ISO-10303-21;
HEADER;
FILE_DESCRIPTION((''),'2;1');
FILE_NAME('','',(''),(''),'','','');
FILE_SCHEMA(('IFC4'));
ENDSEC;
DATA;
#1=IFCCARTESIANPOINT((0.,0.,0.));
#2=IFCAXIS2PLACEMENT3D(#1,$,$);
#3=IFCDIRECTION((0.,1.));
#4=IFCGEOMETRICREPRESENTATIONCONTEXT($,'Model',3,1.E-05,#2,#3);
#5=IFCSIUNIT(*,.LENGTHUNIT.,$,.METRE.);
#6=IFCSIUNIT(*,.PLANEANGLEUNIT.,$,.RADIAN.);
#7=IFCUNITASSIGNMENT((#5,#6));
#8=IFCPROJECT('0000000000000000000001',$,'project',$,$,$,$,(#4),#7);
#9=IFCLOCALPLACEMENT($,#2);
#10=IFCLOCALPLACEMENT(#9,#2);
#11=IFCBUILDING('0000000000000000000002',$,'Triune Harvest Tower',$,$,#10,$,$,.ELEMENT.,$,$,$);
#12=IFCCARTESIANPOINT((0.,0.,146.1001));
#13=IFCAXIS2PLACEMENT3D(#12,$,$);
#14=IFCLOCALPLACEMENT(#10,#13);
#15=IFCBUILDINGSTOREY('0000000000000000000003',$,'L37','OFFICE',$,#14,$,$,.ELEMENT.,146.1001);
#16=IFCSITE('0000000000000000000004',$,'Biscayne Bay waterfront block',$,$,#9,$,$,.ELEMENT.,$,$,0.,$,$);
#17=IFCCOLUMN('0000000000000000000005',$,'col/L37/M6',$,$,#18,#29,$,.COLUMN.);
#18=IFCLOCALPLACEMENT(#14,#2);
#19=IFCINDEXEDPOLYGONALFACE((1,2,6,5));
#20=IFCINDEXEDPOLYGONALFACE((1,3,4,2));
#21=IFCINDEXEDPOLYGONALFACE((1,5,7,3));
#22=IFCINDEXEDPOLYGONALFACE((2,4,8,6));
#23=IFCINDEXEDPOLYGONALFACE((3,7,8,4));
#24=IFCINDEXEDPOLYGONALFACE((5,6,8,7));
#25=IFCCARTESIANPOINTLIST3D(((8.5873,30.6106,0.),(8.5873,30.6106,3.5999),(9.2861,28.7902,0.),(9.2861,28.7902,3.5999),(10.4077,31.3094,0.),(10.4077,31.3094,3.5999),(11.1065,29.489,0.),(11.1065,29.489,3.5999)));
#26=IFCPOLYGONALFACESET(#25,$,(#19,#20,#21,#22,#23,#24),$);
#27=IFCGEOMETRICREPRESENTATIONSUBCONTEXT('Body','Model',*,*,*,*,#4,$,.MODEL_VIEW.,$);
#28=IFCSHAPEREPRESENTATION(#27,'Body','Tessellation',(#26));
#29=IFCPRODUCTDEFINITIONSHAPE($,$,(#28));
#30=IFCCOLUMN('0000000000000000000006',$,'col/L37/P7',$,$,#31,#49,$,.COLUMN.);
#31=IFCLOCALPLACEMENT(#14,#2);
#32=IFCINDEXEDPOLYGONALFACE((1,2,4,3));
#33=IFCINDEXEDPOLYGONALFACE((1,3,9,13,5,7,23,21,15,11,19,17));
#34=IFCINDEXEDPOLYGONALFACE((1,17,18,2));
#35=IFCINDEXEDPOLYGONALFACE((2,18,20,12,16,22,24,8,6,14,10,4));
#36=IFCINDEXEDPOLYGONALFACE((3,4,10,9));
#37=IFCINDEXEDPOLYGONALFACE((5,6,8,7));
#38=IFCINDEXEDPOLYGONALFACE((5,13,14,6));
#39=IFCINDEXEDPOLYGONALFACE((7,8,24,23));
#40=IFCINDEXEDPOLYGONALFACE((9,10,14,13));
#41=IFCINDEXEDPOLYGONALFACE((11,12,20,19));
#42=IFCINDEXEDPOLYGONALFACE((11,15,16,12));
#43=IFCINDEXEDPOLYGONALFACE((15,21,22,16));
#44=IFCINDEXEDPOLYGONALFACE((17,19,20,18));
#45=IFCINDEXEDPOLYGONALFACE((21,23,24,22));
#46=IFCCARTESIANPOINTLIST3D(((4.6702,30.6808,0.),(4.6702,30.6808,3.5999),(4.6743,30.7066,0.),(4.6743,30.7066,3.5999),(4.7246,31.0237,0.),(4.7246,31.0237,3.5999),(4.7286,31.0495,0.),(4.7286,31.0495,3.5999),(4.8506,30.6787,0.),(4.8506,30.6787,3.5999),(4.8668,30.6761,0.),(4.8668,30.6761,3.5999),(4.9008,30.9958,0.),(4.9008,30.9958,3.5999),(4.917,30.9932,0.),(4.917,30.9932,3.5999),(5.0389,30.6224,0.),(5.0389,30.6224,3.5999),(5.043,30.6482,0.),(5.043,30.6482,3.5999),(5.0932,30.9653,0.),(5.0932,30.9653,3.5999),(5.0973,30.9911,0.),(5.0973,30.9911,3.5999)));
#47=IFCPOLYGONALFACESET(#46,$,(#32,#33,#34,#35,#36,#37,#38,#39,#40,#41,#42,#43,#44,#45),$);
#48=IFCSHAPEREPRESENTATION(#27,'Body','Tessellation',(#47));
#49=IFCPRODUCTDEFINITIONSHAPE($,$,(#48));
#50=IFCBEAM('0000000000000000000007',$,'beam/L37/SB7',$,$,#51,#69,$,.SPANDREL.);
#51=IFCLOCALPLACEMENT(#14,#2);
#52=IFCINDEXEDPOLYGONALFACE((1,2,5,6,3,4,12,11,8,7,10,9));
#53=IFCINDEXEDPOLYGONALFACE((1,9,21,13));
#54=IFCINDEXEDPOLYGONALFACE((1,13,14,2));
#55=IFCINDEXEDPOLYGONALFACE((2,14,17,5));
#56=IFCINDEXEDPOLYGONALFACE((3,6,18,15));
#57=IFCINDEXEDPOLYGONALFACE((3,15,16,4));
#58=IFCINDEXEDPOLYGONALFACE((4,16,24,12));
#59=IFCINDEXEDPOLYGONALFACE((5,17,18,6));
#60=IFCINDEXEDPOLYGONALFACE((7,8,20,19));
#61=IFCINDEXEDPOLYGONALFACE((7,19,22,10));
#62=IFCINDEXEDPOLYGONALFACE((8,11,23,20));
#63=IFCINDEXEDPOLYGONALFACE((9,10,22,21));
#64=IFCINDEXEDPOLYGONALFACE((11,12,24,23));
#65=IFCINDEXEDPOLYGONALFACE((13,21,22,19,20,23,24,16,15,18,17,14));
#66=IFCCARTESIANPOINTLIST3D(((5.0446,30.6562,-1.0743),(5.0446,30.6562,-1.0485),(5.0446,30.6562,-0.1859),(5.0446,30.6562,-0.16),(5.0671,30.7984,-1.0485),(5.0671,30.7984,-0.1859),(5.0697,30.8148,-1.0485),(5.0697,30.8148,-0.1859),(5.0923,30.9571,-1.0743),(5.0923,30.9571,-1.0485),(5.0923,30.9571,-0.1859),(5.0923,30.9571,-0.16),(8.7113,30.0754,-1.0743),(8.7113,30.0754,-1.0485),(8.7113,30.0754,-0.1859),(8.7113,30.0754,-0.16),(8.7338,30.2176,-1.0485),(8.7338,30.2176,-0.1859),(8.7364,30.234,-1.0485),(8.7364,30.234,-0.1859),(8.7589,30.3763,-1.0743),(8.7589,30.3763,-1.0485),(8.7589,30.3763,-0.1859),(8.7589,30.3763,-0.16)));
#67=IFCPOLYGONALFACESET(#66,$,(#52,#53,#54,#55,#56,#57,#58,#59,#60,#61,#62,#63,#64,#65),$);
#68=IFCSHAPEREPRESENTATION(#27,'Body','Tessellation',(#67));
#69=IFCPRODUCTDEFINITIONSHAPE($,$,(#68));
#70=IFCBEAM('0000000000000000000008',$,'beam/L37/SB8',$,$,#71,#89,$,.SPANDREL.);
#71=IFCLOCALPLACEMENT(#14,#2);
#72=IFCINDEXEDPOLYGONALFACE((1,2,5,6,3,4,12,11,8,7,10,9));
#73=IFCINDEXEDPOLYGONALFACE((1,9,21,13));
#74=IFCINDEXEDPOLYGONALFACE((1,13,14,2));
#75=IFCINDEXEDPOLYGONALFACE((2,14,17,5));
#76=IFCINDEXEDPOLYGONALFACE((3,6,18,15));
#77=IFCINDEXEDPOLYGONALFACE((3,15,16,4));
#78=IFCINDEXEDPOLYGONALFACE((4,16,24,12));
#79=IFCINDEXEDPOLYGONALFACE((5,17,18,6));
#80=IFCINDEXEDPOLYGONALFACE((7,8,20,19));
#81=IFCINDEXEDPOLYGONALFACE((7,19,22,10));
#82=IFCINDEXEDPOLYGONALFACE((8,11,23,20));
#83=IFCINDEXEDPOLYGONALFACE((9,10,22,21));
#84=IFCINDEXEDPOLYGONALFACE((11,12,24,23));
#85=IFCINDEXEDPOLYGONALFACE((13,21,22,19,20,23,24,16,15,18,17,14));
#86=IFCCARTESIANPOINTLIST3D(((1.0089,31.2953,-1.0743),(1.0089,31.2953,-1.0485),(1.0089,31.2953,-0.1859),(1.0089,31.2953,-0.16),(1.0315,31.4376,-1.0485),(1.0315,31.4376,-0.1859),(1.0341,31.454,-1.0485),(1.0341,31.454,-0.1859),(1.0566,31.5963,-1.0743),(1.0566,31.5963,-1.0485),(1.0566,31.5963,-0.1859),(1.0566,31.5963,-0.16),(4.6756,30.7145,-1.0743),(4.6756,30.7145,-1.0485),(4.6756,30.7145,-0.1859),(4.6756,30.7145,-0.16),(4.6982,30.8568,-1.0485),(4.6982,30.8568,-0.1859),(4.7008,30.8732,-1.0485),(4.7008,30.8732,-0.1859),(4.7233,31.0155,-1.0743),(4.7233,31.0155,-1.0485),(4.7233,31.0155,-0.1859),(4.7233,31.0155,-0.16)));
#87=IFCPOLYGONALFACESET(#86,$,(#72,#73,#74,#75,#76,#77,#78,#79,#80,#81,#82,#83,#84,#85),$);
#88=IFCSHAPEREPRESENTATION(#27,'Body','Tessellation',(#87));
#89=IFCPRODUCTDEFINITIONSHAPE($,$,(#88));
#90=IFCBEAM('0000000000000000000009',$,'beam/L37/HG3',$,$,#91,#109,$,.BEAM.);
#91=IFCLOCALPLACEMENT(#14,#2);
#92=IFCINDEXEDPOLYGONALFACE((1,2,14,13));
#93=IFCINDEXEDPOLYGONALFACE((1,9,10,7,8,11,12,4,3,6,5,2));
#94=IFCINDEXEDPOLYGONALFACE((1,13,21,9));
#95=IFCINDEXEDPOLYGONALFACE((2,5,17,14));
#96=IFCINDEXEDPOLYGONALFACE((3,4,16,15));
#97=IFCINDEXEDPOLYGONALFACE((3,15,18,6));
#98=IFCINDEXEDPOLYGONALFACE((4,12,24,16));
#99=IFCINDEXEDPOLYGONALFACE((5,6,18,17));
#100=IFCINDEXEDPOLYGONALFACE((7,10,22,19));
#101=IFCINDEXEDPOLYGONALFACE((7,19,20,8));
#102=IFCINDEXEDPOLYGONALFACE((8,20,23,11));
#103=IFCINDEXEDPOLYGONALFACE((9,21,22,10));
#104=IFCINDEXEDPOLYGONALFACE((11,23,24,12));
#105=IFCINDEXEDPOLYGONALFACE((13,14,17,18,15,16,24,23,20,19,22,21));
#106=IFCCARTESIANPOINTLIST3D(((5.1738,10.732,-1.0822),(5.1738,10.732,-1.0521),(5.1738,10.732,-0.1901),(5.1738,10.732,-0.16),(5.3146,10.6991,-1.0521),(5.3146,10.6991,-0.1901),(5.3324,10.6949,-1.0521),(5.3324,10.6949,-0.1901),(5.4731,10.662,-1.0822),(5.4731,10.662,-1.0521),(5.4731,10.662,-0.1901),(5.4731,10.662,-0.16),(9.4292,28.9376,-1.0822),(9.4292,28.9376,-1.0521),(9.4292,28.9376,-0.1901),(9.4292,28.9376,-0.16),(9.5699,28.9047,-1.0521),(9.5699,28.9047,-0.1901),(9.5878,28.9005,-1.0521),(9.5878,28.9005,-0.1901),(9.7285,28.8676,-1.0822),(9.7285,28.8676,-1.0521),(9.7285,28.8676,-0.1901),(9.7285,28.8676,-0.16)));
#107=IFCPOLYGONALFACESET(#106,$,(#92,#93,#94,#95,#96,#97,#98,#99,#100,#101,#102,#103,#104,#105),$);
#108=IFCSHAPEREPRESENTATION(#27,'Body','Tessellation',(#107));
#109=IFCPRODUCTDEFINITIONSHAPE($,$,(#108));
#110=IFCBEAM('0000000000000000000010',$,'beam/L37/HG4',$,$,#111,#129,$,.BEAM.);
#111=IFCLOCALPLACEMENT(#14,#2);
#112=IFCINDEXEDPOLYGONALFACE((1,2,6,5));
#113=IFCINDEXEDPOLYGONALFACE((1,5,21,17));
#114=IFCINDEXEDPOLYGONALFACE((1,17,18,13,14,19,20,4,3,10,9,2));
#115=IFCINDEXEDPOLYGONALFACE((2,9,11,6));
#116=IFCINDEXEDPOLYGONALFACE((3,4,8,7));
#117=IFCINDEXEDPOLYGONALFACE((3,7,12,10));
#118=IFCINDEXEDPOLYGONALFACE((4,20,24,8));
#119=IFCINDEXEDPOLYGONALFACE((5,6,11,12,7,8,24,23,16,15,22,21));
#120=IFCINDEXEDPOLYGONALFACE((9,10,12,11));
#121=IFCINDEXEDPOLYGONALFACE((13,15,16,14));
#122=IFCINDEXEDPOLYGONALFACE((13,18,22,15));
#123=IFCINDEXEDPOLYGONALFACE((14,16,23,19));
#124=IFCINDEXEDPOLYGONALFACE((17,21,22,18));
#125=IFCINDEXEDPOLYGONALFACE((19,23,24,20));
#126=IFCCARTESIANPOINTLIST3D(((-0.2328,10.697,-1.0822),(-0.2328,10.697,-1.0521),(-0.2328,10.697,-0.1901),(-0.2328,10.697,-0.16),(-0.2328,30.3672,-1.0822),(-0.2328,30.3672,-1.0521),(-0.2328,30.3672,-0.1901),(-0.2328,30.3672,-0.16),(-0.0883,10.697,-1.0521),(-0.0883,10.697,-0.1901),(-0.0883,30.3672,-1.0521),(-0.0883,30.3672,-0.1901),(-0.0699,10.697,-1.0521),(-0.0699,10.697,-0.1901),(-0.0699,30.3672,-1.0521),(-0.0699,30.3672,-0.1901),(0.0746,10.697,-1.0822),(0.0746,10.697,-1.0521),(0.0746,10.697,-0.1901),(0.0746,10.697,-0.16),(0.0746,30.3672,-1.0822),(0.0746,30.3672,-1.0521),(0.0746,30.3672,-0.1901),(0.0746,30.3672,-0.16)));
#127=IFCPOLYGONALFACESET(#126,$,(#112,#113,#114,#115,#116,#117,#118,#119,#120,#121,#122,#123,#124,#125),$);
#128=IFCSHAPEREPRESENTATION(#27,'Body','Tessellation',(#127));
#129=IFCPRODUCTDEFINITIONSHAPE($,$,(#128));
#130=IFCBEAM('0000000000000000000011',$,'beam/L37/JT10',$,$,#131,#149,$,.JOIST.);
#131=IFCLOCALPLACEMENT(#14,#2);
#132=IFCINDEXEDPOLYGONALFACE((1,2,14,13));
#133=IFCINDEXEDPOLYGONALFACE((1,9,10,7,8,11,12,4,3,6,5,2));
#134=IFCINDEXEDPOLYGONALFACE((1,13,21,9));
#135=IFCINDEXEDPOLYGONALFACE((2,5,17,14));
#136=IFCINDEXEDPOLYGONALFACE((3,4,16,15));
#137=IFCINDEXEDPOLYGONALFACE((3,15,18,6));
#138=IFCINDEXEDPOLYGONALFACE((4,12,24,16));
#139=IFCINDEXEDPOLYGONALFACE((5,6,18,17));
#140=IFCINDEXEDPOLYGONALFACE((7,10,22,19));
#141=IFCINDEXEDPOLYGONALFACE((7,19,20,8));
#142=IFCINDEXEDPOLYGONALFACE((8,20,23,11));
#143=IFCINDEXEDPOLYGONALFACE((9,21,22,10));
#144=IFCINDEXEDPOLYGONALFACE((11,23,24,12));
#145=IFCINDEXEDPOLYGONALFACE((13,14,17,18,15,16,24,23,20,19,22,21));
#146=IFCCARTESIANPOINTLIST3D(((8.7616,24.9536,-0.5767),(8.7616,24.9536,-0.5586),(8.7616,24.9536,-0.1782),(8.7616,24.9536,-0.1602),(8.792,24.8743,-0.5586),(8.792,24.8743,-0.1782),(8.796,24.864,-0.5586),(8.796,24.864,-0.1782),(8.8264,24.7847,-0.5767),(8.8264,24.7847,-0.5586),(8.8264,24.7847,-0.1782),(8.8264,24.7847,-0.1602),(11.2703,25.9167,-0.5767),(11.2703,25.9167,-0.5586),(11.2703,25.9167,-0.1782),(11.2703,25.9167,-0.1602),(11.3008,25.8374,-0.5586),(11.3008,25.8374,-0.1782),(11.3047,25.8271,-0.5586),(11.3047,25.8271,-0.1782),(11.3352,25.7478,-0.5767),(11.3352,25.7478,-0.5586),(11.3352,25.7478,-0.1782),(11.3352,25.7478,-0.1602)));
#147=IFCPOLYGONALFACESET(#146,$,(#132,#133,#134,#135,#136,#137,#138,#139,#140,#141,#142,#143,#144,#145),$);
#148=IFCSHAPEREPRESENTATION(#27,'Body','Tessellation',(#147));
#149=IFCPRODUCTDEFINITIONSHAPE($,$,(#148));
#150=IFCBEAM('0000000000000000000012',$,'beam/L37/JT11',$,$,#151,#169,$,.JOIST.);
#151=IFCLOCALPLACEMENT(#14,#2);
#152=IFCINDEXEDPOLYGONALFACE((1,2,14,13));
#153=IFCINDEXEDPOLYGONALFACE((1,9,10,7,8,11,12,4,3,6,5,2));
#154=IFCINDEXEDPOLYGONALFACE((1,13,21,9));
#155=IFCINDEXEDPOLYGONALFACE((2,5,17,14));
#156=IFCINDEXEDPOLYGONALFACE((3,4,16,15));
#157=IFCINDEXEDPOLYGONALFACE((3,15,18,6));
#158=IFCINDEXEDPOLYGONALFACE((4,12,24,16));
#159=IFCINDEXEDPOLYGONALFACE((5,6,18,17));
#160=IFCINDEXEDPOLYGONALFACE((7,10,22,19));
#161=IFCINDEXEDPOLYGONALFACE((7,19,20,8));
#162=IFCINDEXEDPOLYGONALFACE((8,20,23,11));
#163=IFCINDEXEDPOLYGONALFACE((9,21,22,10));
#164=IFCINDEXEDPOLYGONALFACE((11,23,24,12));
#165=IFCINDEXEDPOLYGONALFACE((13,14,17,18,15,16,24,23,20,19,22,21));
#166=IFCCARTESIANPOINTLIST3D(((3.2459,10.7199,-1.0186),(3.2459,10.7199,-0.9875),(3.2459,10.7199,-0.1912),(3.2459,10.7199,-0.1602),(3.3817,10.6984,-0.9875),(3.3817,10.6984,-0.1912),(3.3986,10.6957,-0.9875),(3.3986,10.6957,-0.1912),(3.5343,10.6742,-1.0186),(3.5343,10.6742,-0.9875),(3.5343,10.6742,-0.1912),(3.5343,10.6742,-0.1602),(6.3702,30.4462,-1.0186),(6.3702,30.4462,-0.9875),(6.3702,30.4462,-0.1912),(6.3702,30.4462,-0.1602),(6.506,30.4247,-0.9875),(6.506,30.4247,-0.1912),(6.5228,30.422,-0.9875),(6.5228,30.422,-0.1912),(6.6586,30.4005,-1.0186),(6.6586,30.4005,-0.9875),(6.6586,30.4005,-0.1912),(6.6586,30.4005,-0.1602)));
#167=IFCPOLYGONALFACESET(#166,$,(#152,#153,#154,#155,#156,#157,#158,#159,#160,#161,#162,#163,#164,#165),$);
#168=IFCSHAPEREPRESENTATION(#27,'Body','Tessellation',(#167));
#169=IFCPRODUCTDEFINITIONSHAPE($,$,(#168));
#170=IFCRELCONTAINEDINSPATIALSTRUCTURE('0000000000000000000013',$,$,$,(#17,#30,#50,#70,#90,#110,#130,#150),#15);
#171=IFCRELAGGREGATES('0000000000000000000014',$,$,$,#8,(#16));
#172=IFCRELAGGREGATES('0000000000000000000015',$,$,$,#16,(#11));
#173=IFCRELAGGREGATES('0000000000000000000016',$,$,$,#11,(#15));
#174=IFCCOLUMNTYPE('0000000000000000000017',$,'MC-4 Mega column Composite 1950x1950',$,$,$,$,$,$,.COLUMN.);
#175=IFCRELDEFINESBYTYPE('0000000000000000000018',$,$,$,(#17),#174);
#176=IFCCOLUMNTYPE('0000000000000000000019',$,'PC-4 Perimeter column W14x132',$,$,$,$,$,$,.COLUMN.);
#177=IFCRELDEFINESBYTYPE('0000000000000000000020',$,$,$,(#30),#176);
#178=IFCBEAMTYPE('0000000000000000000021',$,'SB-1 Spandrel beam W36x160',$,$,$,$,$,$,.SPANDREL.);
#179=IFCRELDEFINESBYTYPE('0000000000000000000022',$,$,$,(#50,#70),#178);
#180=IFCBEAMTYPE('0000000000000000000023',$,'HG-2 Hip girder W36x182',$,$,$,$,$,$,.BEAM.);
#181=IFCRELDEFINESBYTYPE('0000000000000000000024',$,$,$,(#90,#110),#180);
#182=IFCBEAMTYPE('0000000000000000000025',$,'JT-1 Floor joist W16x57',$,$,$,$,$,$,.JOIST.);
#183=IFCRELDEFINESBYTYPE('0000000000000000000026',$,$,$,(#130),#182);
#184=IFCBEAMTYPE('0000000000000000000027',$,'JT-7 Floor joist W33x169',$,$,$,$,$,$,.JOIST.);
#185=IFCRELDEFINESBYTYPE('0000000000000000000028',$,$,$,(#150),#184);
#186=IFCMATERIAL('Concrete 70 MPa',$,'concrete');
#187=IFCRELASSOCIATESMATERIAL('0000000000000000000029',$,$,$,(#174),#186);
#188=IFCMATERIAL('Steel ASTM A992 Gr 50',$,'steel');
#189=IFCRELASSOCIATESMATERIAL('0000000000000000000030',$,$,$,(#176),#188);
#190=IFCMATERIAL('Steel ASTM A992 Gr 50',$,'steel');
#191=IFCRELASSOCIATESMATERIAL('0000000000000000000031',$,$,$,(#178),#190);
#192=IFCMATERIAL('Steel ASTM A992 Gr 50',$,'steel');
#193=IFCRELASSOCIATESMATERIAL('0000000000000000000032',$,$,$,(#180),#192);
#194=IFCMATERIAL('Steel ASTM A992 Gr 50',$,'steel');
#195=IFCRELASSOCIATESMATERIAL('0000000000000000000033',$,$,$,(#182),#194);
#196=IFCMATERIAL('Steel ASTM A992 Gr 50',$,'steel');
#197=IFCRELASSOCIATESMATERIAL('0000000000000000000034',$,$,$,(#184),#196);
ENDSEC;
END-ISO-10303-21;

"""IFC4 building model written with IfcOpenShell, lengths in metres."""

from ifc_helpers import new_model, si_unit, direction, frame, origin, origin_2d, place, context, subcontext, project, spatial, rectangle, i_section, extrude, source, transform, mapped, material, material_profile, profile_set, type_object, element, save


model = new_model("IFC4")

# Units and contexts
model_context = context("Model", 3, precision=1e-05, world=origin(), true_north=direction((0.0, 1.0)))
body_context = subcontext(model_context, "Body", "Model", "MODEL_VIEW")
ifc_project = project(units=[si_unit("LENGTHUNIT", "METRE"), si_unit("PLANEANGLEUNIT", "RADIAN")], contexts=[model_context])

# Site, building, storey
site_placement = place(None, origin())
site = spatial("IfcSite", under=ifc_project, at=site_placement, Name="Biscayne Bay waterfront block", CompositionType="ELEMENT", RefElevation=0.0)
building_placement = place(site_placement, origin())
building = spatial("IfcBuilding", under=site, at=building_placement, Name="Triune Harvest Tower", CompositionType="ELEMENT")
storey_placement = place(building_placement, frame((0.0, 0.0, 146.1001)))
storey = spatial("IfcBuildingStorey", under=building, at=storey_placement, Name="L37", Description="OFFICE", CompositionType="ELEMENT", Elevation=146.1001)

# Columns
ifc_material_1 = material(Name="Concrete 70 MPa", Category="concrete")
ifc_material_profile_1 = material_profile(ifc_material_1, rectangle(XDim=1.95, YDim=1.95, at=origin_2d()), Name="Composite 1950x1950")
ifc_profile_set_1 = profile_set([ifc_material_profile_1], Name="Concrete 70 MPa")
column_type_1 = type_object("IfcColumnType", Name="MC-4 Mega column Composite 1950x1950", PredefinedType="COLUMN", material=ifc_profile_set_1)
shared_shape_1 = source(origin(), body_context, "Body", "SweptSolid", [
    extrude(rectangle(XDim=1.95, YDim=1.95, at=origin_2d()), origin(), (0.0, 0.0, 1.0), 3.5999),
])
column_1_placement = place(storey_placement, frame((9.8469, 30.0498, 0.0), z_axis=(0.0, 0.0, 1.0), x_axis=(-0.358368, 0.93358, 0.0)))
element("IfcColumn", 1, at=column_1_placement, inside=storey, type_object=column_type_1, Name="col/L37/M6", PredefinedType="COLUMN", context=body_context, shape_type="MappedRepresentation", body=[
    mapped(shared_shape_1, transform((0.0, 0.0, 0.0), scale=1.0)),
])
ifc_material_2 = material(Name="Steel ASTM A992 Gr 50", Category="steel")
ifc_material_profile_2 = material_profile(ifc_material_2, i_section(OverallWidth=0.3733, OverallDepth=0.3733, WebThickness=0.0164, FlangeThickness=0.0261, at=origin_2d()), Name="W14x132")
ifc_profile_set_2 = profile_set([ifc_material_profile_2], Name="Steel ASTM A992 Gr 50")
column_type_2 = type_object("IfcColumnType", Name="PC-4 Perimeter column W14x132", PredefinedType="COLUMN", material=ifc_profile_set_2)
shared_shape_2 = source(origin(), body_context, "Body", "SweptSolid", [
    extrude(i_section(OverallWidth=0.3733, OverallDepth=0.3733, WebThickness=0.0164, FlangeThickness=0.0261, at=origin_2d()), origin(), (0.0, 0.0, 1.0), 3.5999),
])
column_2_placement = place(storey_placement, frame((4.8838, 30.8359, 0.0), z_axis=(0.0, 0.0, 1.0), x_axis=(-0.987688, 0.156434, 0.0)))
element("IfcColumn", 2, at=column_2_placement, inside=storey, type_object=column_type_2, Name="col/L37/P7", PredefinedType="COLUMN", context=body_context, shape_type="MappedRepresentation", body=[
    mapped(shared_shape_2, transform((0.0, 0.0, 0.0), scale=1.0)),
])

# Beams
ifc_material_3 = material(Name="Steel ASTM A992 Gr 50", Category="steel")
ifc_material_profile_3 = material_profile(ifc_material_3, i_section(OverallWidth=0.3047, OverallDepth=0.9143, WebThickness=0.0166, FlangeThickness=0.0259, at=origin_2d()), Name="W36x160")
ifc_profile_set_3 = profile_set([ifc_material_profile_3], Name="Steel ASTM A992 Gr 50")
beam_type_1 = type_object("IfcBeamType", Name="SB-1 Spandrel beam W36x160", PredefinedType="SPANDREL", material=ifc_profile_set_3)
shared_shape_3 = source(origin(), body_context, "Body", "SweptSolid", [
    extrude(i_section(OverallWidth=0.3047, OverallDepth=0.9143, WebThickness=0.0166, FlangeThickness=0.0259, at=origin_2d()), origin(), (0.0, 0.0, 1.0), 3.7124),
])
for number, where, z_axis, x_axis, name in (
    (3, (8.7351, 30.2258, -0.6172), (-0.987686, 0.156449, 0.0), (-0.156449, -0.987686, 0.0), "beam/L37/SB7"),
    (4, (4.6995, 30.865, -0.6172), (-0.987686, 0.156449, 0.0), (-0.156449, -0.987686, 0.0), "beam/L37/SB8"),
):
    element("IfcBeam", number, at=place(storey_placement, frame(where, z_axis=z_axis, x_axis=x_axis)), inside=storey, type_object=beam_type_1, Name=name, PredefinedType="SPANDREL", context=body_context, shape_type="MappedRepresentation", body=[
        mapped(shared_shape_3, transform((0.0, 0.0, 0.0), scale=1.0)),
    ])
ifc_material_4 = material(Name="Steel ASTM A992 Gr 50", Category="steel")
ifc_material_profile_4 = material_profile(ifc_material_4, i_section(OverallWidth=0.3074, OverallDepth=0.9221, WebThickness=0.0183, FlangeThickness=0.03, at=origin_2d()), Name="W36x182")
ifc_profile_set_4 = profile_set([ifc_material_profile_4], Name="Steel ASTM A992 Gr 50")
beam_type_2 = type_object("IfcBeamType", Name="HG-2 Hip girder W36x182", PredefinedType="BEAM", material=ifc_profile_set_4)
shared_shape_4 = source(origin(), body_context, "Body", "SweptSolid", [
    extrude(i_section(OverallWidth=0.3074, OverallDepth=0.9221, WebThickness=0.0183, FlangeThickness=0.03, at=origin_2d()), origin(), (0.0, 0.0, 1.0), 18.6963),
])
beam_1_placement = place(storey_placement, frame((9.5789, 28.9026, -0.6211), z_axis=(-0.227605, -0.973753, 0.0), x_axis=(0.973753, -0.227605, 0.0)))
element("IfcBeam", 5, at=beam_1_placement, inside=storey, type_object=beam_type_2, Name="beam/L37/HG3", PredefinedType="BEAM", context=body_context, shape_type="MappedRepresentation", body=[
    mapped(shared_shape_4, transform((0.0, 0.0, 0.0), scale=1.0)),
])
shared_shape_5 = source(origin(), body_context, "Body", "SweptSolid", [
    extrude(i_section(OverallWidth=0.3074, OverallDepth=0.9221, WebThickness=0.0183, FlangeThickness=0.03, at=origin_2d()), origin(), (0.0, 0.0, 1.0), 19.6702),
])
beam_2_placement = place(storey_placement, frame((-0.0791, 30.3672, -0.6211), z_axis=(0.0, -1.0, 0.0), x_axis=(1.0, 0.0, 0.0)))
element("IfcBeam", 6, at=beam_2_placement, inside=storey, type_object=beam_type_2, Name="beam/L37/HG4", PredefinedType="BEAM", context=body_context, shape_type="MappedRepresentation", body=[
    mapped(shared_shape_5, transform((0.0, 0.0, 0.0), scale=1.0)),
])
ifc_material_5 = material(Name="Steel ASTM A992 Gr 50", Category="steel")
ifc_material_profile_5 = material_profile(ifc_material_5, i_section(OverallWidth=0.1809, OverallDepth=0.4165, WebThickness=0.011, FlangeThickness=0.0181, at=origin_2d()), Name="W16x57")
ifc_profile_set_5 = profile_set([ifc_material_profile_5], Name="Steel ASTM A992 Gr 50")
beam_type_3 = type_object("IfcBeamType", Name="JT-1 Floor joist W16x57", PredefinedType="JOIST", material=ifc_profile_set_5)
shared_shape_6 = source(origin(), body_context, "Body", "SweptSolid", [
    extrude(i_section(OverallWidth=0.1809, OverallDepth=0.4165, WebThickness=0.011, FlangeThickness=0.0181, at=origin_2d()), origin(), (0.0, 0.0, 1.0), 2.6873),
])
beam_3_placement = place(storey_placement, frame((11.3027, 25.8323, -0.3684), z_axis=(-0.933568, -0.358401, 0.0), x_axis=(0.358401, -0.933568, 0.0)))
element("IfcBeam", 7, at=beam_3_placement, inside=storey, type_object=beam_type_3, Name="beam/L37/JT10", PredefinedType="JOIST", context=body_context, shape_type="MappedRepresentation", body=[
    mapped(shared_shape_6, transform((0.0, 0.0, 0.0), scale=1.0)),
])
ifc_material_6 = material(Name="Steel ASTM A992 Gr 50", Category="steel")
ifc_material_profile_6 = material_profile(ifc_material_6, i_section(OverallWidth=0.292, OverallDepth=0.8584, WebThickness=0.0171, FlangeThickness=0.031, at=origin_2d()), Name="W33x169")
ifc_profile_set_6 = profile_set([ifc_material_profile_6], Name="Steel ASTM A992 Gr 50")
beam_type_4 = type_object("IfcBeamType", Name="JT-7 Floor joist W33x169", PredefinedType="JOIST", material=ifc_profile_set_6)
shared_shape_7 = source(origin(), body_context, "Body", "SweptSolid", [
    extrude(i_section(OverallWidth=0.292, OverallDepth=0.8584, WebThickness=0.0171, FlangeThickness=0.031, at=origin_2d()), origin(), (0.0, 0.0, 1.0), 19.9722),
])
beam_4_placement = place(storey_placement, frame((6.5144, 30.4233, -0.5894), z_axis=(-0.156431, -0.987689, 0.0), x_axis=(0.987689, -0.156431, 0.0)))
element("IfcBeam", 8, at=beam_4_placement, inside=storey, type_object=beam_type_4, Name="beam/L37/JT11", PredefinedType="JOIST", context=body_context, shape_type="MappedRepresentation", body=[
    mapped(shared_shape_7, transform((0.0, 0.0, 0.0), scale=1.0)),
])

save(model, "model.ifc")
